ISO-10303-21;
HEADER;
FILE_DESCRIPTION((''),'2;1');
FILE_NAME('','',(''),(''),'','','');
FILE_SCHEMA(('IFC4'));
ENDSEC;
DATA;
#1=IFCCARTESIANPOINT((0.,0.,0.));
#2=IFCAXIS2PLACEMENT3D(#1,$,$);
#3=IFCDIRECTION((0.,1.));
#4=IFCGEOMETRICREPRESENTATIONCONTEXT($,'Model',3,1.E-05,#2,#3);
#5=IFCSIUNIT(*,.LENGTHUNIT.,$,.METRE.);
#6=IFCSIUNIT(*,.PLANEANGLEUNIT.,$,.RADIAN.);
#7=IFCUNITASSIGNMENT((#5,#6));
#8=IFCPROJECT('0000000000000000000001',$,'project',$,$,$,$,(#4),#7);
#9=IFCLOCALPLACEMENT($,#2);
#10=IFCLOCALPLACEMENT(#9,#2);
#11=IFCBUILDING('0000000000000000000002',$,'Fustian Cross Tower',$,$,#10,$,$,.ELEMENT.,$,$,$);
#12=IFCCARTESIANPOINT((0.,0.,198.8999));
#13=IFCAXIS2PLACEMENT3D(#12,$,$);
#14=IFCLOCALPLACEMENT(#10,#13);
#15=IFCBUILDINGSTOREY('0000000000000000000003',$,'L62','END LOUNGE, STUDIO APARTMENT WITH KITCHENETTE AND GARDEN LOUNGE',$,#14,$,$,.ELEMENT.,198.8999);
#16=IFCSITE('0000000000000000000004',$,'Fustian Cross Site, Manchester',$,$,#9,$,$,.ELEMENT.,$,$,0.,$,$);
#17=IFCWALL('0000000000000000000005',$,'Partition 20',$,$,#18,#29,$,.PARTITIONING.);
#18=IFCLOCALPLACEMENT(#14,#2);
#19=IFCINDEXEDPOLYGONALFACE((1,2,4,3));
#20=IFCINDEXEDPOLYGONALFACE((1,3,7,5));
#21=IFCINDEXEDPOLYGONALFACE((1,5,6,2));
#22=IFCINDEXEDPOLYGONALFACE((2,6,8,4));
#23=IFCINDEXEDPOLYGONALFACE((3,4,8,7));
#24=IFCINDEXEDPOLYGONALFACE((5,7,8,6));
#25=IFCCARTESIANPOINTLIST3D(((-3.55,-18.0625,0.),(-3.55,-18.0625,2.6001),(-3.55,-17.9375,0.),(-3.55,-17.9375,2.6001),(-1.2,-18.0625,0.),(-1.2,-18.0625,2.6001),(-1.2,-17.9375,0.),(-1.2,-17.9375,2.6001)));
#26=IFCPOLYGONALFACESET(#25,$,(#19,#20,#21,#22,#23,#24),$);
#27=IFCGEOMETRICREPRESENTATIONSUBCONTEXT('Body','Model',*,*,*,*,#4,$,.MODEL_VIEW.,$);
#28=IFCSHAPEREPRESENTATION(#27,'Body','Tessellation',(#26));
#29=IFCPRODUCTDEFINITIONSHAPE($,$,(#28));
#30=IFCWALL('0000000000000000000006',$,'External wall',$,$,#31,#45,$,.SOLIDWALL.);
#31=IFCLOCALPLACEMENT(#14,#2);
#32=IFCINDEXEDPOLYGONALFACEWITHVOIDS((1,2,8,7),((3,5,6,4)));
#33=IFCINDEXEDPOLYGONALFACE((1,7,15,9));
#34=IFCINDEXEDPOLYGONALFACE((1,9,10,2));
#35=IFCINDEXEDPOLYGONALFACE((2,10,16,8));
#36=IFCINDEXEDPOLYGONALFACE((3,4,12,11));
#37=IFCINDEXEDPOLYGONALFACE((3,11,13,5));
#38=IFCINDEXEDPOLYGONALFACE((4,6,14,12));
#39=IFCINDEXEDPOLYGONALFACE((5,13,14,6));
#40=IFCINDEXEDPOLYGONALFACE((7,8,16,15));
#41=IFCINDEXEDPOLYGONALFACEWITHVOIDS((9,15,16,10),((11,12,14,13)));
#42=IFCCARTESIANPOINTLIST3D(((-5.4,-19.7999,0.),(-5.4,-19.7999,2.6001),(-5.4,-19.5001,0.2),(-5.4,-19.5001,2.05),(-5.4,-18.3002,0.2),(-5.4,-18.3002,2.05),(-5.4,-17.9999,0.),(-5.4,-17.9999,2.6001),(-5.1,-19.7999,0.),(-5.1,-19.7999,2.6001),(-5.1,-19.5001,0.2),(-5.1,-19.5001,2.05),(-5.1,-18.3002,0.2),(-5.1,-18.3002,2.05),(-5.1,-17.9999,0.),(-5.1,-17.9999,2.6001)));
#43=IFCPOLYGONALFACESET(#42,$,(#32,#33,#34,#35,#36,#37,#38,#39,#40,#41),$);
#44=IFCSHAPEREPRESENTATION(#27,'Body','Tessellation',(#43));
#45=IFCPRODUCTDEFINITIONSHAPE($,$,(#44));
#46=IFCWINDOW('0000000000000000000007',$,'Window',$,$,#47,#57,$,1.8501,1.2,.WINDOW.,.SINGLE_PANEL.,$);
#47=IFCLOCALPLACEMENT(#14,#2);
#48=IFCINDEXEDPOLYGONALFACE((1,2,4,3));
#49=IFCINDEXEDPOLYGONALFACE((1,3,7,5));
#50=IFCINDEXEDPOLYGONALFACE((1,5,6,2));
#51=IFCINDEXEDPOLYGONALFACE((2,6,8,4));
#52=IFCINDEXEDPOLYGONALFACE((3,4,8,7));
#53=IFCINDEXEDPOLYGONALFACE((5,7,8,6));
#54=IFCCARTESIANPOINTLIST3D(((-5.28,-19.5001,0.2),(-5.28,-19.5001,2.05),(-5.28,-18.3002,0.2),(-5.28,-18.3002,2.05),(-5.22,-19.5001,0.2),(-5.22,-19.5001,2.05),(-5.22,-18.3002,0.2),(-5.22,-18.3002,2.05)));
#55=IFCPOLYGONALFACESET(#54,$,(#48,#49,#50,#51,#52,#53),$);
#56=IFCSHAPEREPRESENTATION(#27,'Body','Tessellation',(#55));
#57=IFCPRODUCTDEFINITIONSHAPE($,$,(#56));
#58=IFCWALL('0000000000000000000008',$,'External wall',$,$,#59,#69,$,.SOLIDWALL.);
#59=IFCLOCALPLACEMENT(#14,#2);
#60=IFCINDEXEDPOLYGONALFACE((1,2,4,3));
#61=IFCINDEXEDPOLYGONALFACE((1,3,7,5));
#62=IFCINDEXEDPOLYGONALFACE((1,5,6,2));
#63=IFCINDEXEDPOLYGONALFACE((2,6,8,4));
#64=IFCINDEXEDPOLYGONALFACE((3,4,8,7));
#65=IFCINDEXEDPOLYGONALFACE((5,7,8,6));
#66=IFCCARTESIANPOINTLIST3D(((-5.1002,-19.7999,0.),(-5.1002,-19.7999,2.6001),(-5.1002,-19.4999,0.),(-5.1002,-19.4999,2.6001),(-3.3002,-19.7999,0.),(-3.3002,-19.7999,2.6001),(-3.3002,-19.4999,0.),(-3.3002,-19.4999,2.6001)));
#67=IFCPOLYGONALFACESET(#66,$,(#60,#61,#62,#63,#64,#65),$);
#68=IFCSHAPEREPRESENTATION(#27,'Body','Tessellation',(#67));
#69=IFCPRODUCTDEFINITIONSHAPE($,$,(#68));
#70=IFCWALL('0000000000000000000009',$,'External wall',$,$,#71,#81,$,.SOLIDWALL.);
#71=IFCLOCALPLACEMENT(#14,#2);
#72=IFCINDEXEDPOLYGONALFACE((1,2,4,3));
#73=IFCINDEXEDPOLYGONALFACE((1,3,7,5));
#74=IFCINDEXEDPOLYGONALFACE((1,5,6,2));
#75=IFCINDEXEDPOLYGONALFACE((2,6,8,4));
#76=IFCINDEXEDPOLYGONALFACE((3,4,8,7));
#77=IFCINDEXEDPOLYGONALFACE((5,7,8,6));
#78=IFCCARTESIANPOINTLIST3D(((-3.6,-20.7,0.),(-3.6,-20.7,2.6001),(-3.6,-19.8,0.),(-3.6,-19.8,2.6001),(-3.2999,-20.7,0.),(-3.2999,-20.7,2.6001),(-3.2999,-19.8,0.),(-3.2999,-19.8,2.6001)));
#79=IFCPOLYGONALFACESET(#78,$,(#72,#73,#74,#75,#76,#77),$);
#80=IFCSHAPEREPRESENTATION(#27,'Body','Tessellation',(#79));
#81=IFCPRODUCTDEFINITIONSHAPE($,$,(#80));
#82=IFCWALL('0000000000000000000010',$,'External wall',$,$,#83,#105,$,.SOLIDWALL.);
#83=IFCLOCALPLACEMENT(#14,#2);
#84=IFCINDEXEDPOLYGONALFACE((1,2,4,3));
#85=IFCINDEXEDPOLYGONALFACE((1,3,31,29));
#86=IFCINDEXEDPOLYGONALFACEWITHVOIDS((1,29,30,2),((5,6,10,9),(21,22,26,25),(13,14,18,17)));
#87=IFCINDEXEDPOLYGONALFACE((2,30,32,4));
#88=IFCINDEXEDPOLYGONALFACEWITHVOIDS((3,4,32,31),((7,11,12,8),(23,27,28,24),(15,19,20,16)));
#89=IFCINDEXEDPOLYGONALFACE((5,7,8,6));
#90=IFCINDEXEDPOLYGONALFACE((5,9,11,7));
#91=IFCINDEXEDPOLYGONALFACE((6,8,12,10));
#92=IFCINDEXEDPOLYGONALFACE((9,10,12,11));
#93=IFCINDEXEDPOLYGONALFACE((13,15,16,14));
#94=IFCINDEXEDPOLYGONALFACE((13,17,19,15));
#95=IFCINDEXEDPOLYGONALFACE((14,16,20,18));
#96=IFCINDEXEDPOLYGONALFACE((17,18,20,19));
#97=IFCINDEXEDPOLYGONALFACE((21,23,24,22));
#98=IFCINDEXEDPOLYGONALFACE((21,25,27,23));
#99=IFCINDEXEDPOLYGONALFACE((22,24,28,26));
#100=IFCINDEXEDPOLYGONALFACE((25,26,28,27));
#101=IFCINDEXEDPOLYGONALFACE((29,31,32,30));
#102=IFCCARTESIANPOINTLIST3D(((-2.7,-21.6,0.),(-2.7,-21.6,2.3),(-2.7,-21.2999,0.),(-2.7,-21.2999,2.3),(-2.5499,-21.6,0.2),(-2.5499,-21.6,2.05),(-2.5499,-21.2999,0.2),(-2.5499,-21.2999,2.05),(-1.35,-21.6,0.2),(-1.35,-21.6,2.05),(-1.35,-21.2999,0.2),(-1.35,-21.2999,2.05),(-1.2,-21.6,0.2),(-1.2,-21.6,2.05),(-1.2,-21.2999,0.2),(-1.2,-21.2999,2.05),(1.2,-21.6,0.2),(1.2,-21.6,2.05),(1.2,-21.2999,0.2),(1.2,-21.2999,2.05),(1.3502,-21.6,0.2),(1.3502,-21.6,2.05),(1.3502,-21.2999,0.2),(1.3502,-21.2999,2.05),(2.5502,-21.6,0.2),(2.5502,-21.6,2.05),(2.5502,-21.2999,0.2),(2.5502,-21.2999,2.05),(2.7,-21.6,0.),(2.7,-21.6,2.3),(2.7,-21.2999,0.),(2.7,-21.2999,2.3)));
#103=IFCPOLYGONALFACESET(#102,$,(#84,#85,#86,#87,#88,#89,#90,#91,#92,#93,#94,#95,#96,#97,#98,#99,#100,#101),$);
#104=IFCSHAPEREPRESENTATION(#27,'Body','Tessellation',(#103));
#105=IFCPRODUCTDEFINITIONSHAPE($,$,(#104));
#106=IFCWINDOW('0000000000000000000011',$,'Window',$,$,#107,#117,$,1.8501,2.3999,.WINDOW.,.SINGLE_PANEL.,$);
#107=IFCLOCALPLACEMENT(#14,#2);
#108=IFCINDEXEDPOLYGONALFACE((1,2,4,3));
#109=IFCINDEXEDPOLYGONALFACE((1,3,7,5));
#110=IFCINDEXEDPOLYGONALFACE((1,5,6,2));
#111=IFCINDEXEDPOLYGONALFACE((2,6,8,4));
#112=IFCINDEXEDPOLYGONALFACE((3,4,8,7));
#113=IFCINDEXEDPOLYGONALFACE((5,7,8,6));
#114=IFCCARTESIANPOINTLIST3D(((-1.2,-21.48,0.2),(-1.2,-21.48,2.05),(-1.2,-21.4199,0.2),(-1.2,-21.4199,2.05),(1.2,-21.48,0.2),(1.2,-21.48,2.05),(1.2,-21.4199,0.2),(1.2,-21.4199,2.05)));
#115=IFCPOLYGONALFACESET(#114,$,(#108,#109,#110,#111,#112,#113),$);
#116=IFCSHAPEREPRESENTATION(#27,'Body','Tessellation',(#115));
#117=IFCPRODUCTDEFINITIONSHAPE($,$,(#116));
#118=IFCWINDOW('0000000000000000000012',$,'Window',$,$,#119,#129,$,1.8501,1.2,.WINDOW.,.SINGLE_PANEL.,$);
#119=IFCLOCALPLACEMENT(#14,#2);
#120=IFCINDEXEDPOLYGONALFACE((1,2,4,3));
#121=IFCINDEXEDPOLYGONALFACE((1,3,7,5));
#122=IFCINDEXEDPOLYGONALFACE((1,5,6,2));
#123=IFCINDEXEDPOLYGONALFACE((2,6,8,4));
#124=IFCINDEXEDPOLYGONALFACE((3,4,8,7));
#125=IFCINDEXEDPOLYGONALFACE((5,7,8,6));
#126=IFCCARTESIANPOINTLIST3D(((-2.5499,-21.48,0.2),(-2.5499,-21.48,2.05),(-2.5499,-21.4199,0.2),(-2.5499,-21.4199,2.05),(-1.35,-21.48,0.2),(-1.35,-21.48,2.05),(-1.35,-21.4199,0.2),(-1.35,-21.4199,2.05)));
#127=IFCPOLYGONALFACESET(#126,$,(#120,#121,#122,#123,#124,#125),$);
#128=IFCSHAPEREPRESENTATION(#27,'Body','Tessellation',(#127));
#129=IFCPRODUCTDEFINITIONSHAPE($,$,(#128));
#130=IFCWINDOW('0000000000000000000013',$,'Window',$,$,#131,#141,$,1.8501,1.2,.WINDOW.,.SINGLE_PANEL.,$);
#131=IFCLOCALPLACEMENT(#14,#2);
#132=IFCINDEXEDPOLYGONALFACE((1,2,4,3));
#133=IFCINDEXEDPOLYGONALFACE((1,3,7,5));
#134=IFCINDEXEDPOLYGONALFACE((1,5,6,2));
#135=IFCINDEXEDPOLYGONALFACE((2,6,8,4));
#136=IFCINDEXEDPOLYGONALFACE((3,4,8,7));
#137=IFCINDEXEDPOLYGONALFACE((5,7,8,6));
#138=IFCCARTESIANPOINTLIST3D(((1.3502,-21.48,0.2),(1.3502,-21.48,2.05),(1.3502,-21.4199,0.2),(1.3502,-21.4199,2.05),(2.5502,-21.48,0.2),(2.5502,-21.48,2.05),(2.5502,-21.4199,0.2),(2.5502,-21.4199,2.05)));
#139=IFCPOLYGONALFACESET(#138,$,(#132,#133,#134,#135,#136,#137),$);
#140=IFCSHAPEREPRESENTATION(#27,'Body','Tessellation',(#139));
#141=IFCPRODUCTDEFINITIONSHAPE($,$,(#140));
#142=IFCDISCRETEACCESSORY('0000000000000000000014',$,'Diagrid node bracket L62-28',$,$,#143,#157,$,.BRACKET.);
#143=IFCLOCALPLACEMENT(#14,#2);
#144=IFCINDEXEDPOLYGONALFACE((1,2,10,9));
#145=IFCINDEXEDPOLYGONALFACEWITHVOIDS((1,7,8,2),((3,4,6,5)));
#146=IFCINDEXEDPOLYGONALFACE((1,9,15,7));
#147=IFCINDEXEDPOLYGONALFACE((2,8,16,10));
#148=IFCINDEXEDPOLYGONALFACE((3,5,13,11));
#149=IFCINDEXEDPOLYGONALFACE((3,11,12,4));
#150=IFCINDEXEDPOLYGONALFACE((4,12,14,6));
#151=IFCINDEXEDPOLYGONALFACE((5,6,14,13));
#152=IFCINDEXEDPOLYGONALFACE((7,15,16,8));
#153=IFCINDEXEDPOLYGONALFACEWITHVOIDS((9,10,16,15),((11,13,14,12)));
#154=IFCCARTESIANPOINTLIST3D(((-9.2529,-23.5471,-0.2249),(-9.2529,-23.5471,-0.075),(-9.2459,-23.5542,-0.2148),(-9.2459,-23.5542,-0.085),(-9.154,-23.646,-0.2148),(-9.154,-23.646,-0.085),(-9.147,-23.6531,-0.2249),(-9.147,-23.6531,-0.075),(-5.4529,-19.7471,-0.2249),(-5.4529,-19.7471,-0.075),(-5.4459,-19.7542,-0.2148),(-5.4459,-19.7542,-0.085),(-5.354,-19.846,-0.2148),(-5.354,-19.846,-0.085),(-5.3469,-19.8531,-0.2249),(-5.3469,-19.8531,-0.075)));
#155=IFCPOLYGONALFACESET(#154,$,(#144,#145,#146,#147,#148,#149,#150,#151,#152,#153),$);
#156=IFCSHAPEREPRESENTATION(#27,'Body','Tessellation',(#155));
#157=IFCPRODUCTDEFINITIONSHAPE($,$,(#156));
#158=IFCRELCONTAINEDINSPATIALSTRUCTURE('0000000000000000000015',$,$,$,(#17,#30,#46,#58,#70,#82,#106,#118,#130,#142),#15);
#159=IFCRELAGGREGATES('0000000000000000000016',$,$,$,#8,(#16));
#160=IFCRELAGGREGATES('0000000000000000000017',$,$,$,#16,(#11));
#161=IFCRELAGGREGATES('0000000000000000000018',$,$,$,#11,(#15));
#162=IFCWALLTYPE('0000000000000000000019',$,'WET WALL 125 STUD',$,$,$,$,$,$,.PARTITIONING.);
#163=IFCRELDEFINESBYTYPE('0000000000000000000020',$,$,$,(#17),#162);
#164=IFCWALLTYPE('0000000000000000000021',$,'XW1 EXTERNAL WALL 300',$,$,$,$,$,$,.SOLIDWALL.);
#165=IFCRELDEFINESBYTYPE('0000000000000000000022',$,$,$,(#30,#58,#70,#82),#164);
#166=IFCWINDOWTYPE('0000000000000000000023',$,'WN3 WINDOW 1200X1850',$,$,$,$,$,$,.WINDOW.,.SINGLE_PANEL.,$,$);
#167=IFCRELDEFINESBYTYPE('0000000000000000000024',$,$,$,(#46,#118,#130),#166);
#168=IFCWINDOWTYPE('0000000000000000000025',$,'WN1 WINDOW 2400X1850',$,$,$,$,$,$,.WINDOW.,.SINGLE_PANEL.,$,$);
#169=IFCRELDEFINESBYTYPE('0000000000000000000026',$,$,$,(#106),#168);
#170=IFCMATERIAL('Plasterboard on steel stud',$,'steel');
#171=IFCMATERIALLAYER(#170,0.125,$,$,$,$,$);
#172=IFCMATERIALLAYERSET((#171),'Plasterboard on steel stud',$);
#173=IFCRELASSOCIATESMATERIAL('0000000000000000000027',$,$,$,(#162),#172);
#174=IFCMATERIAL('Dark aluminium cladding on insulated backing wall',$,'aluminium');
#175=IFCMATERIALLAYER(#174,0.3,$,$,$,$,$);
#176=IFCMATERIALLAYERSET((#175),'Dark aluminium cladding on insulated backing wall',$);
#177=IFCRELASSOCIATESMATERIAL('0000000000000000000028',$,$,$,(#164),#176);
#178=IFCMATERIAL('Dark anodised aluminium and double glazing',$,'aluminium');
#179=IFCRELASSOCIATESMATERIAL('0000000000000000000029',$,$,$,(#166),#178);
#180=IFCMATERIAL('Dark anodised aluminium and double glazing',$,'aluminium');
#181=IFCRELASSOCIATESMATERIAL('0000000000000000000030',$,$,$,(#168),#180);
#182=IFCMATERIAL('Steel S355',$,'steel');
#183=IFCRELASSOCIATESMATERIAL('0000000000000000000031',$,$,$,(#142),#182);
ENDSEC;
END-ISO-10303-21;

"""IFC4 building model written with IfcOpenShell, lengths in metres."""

from ifc_helpers import new_model, si_unit, direction, frame, frame_2d, origin, origin_2d, place, context, subcontext, project, spatial, rectangle, hollow_rectangle, extrude, material, layer, layer_set, type_object, element, fill, save


model = new_model("IFC4")

# Units and contexts
model_context = context("Model", 3, precision=1e-05, world=origin(), true_north=direction((0.0, 1.0)))
body_context = subcontext(model_context, "Body", "Model", "MODEL_VIEW")
ifc_project = project(units=[si_unit("LENGTHUNIT", "METRE"), si_unit("PLANEANGLEUNIT", "RADIAN")], contexts=[model_context])

# Site, building, storey
site_placement = place(None, origin())
site = spatial("IfcSite", under=ifc_project, at=site_placement, Name="Fustian Cross Site, Manchester", CompositionType="ELEMENT", RefElevation=0.0)
building_placement = place(site_placement, origin())
building = spatial("IfcBuilding", under=site, at=building_placement, Name="Fustian Cross Tower", CompositionType="ELEMENT")
storey_placement = place(building_placement, frame((0.0, 0.0, 198.8999)))
storey = spatial("IfcBuildingStorey", under=building, at=storey_placement, Name="L62", Description="END LOUNGE, STUDIO APARTMENT WITH KITCHENETTE AND GARDEN LOUNGE", CompositionType="ELEMENT", Elevation=198.8999)

# Wall
ifc_material_1 = material(Name="Plasterboard on steel stud", Category="steel")
ifc_layer_1 = layer(ifc_material_1, 0.125)
ifc_layer_set_1 = layer_set([ifc_layer_1], Name="Plasterboard on steel stud")
wall_type_1 = type_object("IfcWallType", Name="WET WALL 125 STUD", PredefinedType="PARTITIONING", material=ifc_layer_set_1)
wall_1_placement = place(storey_placement, frame((-3.55, -18.0, 0.0), z_axis=(0.0, 0.0, 1.0), x_axis=(1.0, 0.0, 0.0)))
element("IfcWall", 1, at=wall_1_placement, inside=storey, type_object=wall_type_1, Name="Partition 20", PredefinedType="PARTITIONING", context=body_context, shape_type="SweptSolid", body=[
    extrude(rectangle(XDim=2.3501, YDim=0.125, at=frame_2d((1.175, 0.0))), origin(), (0.0, 0.0, 1.0), 2.6001),
])

# Wall, opening, window
ifc_material_2 = material(Name="Dark aluminium cladding on insulated backing wall", Category="aluminium")
ifc_layer_2 = layer(ifc_material_2, 0.3)
ifc_layer_set_2 = layer_set([ifc_layer_2], Name="Dark aluminium cladding on insulated backing wall")
wall_type_2 = type_object("IfcWallType", Name="XW1 EXTERNAL WALL 300", PredefinedType="SOLIDWALL", material=ifc_layer_set_2)
wall_2_placement = place(storey_placement, frame((-5.25, -18.0, 0.0), z_axis=(0.0, 0.0, 1.0), x_axis=(0.0, -1.0, 0.0)))
wall_2 = element("IfcWall", 2, at=wall_2_placement, inside=storey, type_object=wall_type_2, Name="External wall", PredefinedType="SOLIDWALL", context=body_context, shape_type="SweptSolid", body=[
    extrude(rectangle(XDim=1.8, YDim=0.3, at=frame_2d((0.8999, 0.0))), origin(), (0.0, 0.0, 1.0), 2.6001),
])
opening_1_placement = place(wall_2_placement, frame((0.3, 0.0, 0.2)))
opening_1 = element("IfcOpeningElement", 3, at=opening_1_placement, cuts=wall_2, PredefinedType="OPENING", context=body_context, shape_type="SweptSolid", body=[
    extrude(rectangle(XDim=1.2, YDim=1.8501, at=frame_2d((0.6001, 0.925))), frame((0.0, 0.1599, 0.0), z_axis=(0.0, -1.0, 0.0), x_axis=(1.0, 0.0, 0.0)), (0.0, 0.0, 1.0), 0.3201),
])
ifc_material_3 = material(Name="Dark anodised aluminium and double glazing", Category="aluminium")
window_type_1 = type_object("IfcWindowType", Name="WN3 WINDOW 1200X1850", PartitioningType="SINGLE_PANEL", PredefinedType="WINDOW", material=ifc_material_3)
window_1_placement = place(opening_1_placement, origin())
window_1 = element("IfcWindow", 4, at=window_1_placement, inside=storey, type_object=window_type_1, Name="Window", OverallHeight=1.8501, OverallWidth=1.2, PartitioningType="SINGLE_PANEL", PredefinedType="WINDOW", context=body_context, shape_type="SweptSolid", body=[
    extrude(rectangle(XDim=1.2, YDim=1.8501, at=frame_2d((0.6001, 0.925))), frame((0.0, 0.03, 0.0), z_axis=(0.0, -1.0, 0.0), x_axis=(1.0, 0.0, 0.0)), (0.0, 0.0, 1.0), 0.0601),
])
fill(opening_1, window_1)

# Walls
wall_3_placement = place(storey_placement, frame((-5.1001, -19.6499, 0.0), z_axis=(0.0, 0.0, 1.0), x_axis=(1.0, 0.0, 0.0)))
element("IfcWall", 5, at=wall_3_placement, inside=storey, type_object=wall_type_2, Name="External wall", PredefinedType="SOLIDWALL", context=body_context, shape_type="SweptSolid", body=[
    extrude(rectangle(XDim=1.8, YDim=0.3, at=frame_2d((0.8999, 0.0))), origin(), (0.0, 0.0, 1.0), 2.6001),
])
wall_4_placement = place(storey_placement, frame((-3.45, -19.8, 0.0), z_axis=(0.0, 0.0, 1.0), x_axis=(0.0, -1.0, 0.0)))
element("IfcWall", 6, at=wall_4_placement, inside=storey, type_object=wall_type_2, Name="External wall", PredefinedType="SOLIDWALL", context=body_context, shape_type="SweptSolid", body=[
    extrude(rectangle(XDim=0.8999, YDim=0.3, at=frame_2d((0.45, 0.0))), origin(), (0.0, 0.0, 1.0), 2.6001),
])

# Wall, openings, windows
wall_5_placement = place(storey_placement, frame((-2.7, -21.45, 0.0), z_axis=(0.0, 0.0, 1.0), x_axis=(1.0, 0.0, 0.0)))
wall_5 = element("IfcWall", 7, at=wall_5_placement, inside=storey, type_object=wall_type_2, Name="External wall", PredefinedType="SOLIDWALL", context=body_context, shape_type="SweptSolid", body=[
    extrude(rectangle(XDim=5.3999, YDim=0.3, at=frame_2d((2.7, 0.0))), origin(), (0.0, 0.0, 1.0), 2.3),
])
opening_2_placement = place(wall_5_placement, frame((1.5, 0.0, 0.2)))
opening_2 = element("IfcOpeningElement", 8, at=opening_2_placement, cuts=wall_5, PredefinedType="OPENING", context=body_context, shape_type="SweptSolid", body=[
    extrude(rectangle(XDim=2.3999, YDim=1.8501, at=frame_2d((1.2, 0.925))), frame((0.0, 0.1599, 0.0), z_axis=(0.0, -1.0, 0.0), x_axis=(1.0, 0.0, 0.0)), (0.0, 0.0, 1.0), 0.3201),
])
opening_3_placement = place(wall_5_placement, frame((0.1499, 0.0, 0.2)))
opening_3 = element("IfcOpeningElement", 9, at=opening_3_placement, cuts=wall_5, PredefinedType="OPENING", context=body_context, shape_type="SweptSolid", body=[
    extrude(rectangle(XDim=1.2, YDim=1.8501, at=frame_2d((0.6001, 0.925))), frame((0.0, 0.1599, 0.0), z_axis=(0.0, -1.0, 0.0), x_axis=(1.0, 0.0, 0.0)), (0.0, 0.0, 1.0), 0.3201),
])
opening_4_placement = place(wall_5_placement, frame((4.05, 0.0, 0.2)))
opening_4 = element("IfcOpeningElement", 10, at=opening_4_placement, cuts=wall_5, PredefinedType="OPENING", context=body_context, shape_type="SweptSolid", body=[
    extrude(rectangle(XDim=1.2, YDim=1.8501, at=frame_2d((0.6001, 0.925))), frame((0.0, 0.1599, 0.0), z_axis=(0.0, -1.0, 0.0), x_axis=(1.0, 0.0, 0.0)), (0.0, 0.0, 1.0), 0.3201),
])
ifc_material_4 = material(Name="Dark anodised aluminium and double glazing", Category="aluminium")
window_type_2 = type_object("IfcWindowType", Name="WN1 WINDOW 2400X1850", PartitioningType="SINGLE_PANEL", PredefinedType="WINDOW", material=ifc_material_4)
window_2_placement = place(opening_2_placement, origin())
window_2 = element("IfcWindow", 11, at=window_2_placement, inside=storey, type_object=window_type_2, Name="Window", OverallHeight=1.8501, OverallWidth=2.3999, PartitioningType="SINGLE_PANEL", PredefinedType="WINDOW", context=body_context, shape_type="SweptSolid", body=[
    extrude(rectangle(XDim=2.3999, YDim=1.8501, at=frame_2d((1.2, 0.925))), frame((0.0, 0.03, 0.0), z_axis=(0.0, -1.0, 0.0), x_axis=(1.0, 0.0, 0.0)), (0.0, 0.0, 1.0), 0.0601),
])
fill(opening_2, window_2)
window_3_placement = place(opening_3_placement, origin())
window_3 = element("IfcWindow", 12, at=window_3_placement, inside=storey, type_object=window_type_1, Name="Window", OverallHeight=1.8501, OverallWidth=1.2, PartitioningType="SINGLE_PANEL", PredefinedType="WINDOW", context=body_context, shape_type="SweptSolid", body=[
    extrude(rectangle(XDim=1.2, YDim=1.8501, at=frame_2d((0.6001, 0.925))), frame((0.0, 0.03, 0.0), z_axis=(0.0, -1.0, 0.0), x_axis=(1.0, 0.0, 0.0)), (0.0, 0.0, 1.0), 0.0601),
])
fill(opening_3, window_3)
window_4_placement = place(opening_4_placement, origin())
window_4 = element("IfcWindow", 13, at=window_4_placement, inside=storey, type_object=window_type_1, Name="Window", OverallHeight=1.8501, OverallWidth=1.2, PartitioningType="SINGLE_PANEL", PredefinedType="WINDOW", context=body_context, shape_type="SweptSolid", body=[
    extrude(rectangle(XDim=1.2, YDim=1.8501, at=frame_2d((0.6001, 0.925))), frame((0.0, 0.03, 0.0), z_axis=(0.0, -1.0, 0.0), x_axis=(1.0, 0.0, 0.0)), (0.0, 0.0, 1.0), 0.0601),
])
fill(opening_4, window_4)

# Discrete accessory
ifc_material_5 = material(Name="Steel S355", Category="steel")
discrete_accessory_placement = place(storey_placement, frame((-9.2, -23.6001, -0.1499), z_axis=(0.707107, 0.707107, 0.0), x_axis=(-0.707107, 0.707107, 0.0)))
element("IfcDiscreteAccessory", 14, at=discrete_accessory_placement, inside=storey, material=ifc_material_5, Name="Diagrid node bracket L62-28", PredefinedType="BRACKET", context=body_context, shape_type="SweptSolid", body=[
    extrude(hollow_rectangle(XDim=0.1499, YDim=0.1499, WallThickness=0.01, at=origin_2d()), origin(), (0.0, 0.0, 1.0), 5.374),
])

save(model, "model.ifc")
